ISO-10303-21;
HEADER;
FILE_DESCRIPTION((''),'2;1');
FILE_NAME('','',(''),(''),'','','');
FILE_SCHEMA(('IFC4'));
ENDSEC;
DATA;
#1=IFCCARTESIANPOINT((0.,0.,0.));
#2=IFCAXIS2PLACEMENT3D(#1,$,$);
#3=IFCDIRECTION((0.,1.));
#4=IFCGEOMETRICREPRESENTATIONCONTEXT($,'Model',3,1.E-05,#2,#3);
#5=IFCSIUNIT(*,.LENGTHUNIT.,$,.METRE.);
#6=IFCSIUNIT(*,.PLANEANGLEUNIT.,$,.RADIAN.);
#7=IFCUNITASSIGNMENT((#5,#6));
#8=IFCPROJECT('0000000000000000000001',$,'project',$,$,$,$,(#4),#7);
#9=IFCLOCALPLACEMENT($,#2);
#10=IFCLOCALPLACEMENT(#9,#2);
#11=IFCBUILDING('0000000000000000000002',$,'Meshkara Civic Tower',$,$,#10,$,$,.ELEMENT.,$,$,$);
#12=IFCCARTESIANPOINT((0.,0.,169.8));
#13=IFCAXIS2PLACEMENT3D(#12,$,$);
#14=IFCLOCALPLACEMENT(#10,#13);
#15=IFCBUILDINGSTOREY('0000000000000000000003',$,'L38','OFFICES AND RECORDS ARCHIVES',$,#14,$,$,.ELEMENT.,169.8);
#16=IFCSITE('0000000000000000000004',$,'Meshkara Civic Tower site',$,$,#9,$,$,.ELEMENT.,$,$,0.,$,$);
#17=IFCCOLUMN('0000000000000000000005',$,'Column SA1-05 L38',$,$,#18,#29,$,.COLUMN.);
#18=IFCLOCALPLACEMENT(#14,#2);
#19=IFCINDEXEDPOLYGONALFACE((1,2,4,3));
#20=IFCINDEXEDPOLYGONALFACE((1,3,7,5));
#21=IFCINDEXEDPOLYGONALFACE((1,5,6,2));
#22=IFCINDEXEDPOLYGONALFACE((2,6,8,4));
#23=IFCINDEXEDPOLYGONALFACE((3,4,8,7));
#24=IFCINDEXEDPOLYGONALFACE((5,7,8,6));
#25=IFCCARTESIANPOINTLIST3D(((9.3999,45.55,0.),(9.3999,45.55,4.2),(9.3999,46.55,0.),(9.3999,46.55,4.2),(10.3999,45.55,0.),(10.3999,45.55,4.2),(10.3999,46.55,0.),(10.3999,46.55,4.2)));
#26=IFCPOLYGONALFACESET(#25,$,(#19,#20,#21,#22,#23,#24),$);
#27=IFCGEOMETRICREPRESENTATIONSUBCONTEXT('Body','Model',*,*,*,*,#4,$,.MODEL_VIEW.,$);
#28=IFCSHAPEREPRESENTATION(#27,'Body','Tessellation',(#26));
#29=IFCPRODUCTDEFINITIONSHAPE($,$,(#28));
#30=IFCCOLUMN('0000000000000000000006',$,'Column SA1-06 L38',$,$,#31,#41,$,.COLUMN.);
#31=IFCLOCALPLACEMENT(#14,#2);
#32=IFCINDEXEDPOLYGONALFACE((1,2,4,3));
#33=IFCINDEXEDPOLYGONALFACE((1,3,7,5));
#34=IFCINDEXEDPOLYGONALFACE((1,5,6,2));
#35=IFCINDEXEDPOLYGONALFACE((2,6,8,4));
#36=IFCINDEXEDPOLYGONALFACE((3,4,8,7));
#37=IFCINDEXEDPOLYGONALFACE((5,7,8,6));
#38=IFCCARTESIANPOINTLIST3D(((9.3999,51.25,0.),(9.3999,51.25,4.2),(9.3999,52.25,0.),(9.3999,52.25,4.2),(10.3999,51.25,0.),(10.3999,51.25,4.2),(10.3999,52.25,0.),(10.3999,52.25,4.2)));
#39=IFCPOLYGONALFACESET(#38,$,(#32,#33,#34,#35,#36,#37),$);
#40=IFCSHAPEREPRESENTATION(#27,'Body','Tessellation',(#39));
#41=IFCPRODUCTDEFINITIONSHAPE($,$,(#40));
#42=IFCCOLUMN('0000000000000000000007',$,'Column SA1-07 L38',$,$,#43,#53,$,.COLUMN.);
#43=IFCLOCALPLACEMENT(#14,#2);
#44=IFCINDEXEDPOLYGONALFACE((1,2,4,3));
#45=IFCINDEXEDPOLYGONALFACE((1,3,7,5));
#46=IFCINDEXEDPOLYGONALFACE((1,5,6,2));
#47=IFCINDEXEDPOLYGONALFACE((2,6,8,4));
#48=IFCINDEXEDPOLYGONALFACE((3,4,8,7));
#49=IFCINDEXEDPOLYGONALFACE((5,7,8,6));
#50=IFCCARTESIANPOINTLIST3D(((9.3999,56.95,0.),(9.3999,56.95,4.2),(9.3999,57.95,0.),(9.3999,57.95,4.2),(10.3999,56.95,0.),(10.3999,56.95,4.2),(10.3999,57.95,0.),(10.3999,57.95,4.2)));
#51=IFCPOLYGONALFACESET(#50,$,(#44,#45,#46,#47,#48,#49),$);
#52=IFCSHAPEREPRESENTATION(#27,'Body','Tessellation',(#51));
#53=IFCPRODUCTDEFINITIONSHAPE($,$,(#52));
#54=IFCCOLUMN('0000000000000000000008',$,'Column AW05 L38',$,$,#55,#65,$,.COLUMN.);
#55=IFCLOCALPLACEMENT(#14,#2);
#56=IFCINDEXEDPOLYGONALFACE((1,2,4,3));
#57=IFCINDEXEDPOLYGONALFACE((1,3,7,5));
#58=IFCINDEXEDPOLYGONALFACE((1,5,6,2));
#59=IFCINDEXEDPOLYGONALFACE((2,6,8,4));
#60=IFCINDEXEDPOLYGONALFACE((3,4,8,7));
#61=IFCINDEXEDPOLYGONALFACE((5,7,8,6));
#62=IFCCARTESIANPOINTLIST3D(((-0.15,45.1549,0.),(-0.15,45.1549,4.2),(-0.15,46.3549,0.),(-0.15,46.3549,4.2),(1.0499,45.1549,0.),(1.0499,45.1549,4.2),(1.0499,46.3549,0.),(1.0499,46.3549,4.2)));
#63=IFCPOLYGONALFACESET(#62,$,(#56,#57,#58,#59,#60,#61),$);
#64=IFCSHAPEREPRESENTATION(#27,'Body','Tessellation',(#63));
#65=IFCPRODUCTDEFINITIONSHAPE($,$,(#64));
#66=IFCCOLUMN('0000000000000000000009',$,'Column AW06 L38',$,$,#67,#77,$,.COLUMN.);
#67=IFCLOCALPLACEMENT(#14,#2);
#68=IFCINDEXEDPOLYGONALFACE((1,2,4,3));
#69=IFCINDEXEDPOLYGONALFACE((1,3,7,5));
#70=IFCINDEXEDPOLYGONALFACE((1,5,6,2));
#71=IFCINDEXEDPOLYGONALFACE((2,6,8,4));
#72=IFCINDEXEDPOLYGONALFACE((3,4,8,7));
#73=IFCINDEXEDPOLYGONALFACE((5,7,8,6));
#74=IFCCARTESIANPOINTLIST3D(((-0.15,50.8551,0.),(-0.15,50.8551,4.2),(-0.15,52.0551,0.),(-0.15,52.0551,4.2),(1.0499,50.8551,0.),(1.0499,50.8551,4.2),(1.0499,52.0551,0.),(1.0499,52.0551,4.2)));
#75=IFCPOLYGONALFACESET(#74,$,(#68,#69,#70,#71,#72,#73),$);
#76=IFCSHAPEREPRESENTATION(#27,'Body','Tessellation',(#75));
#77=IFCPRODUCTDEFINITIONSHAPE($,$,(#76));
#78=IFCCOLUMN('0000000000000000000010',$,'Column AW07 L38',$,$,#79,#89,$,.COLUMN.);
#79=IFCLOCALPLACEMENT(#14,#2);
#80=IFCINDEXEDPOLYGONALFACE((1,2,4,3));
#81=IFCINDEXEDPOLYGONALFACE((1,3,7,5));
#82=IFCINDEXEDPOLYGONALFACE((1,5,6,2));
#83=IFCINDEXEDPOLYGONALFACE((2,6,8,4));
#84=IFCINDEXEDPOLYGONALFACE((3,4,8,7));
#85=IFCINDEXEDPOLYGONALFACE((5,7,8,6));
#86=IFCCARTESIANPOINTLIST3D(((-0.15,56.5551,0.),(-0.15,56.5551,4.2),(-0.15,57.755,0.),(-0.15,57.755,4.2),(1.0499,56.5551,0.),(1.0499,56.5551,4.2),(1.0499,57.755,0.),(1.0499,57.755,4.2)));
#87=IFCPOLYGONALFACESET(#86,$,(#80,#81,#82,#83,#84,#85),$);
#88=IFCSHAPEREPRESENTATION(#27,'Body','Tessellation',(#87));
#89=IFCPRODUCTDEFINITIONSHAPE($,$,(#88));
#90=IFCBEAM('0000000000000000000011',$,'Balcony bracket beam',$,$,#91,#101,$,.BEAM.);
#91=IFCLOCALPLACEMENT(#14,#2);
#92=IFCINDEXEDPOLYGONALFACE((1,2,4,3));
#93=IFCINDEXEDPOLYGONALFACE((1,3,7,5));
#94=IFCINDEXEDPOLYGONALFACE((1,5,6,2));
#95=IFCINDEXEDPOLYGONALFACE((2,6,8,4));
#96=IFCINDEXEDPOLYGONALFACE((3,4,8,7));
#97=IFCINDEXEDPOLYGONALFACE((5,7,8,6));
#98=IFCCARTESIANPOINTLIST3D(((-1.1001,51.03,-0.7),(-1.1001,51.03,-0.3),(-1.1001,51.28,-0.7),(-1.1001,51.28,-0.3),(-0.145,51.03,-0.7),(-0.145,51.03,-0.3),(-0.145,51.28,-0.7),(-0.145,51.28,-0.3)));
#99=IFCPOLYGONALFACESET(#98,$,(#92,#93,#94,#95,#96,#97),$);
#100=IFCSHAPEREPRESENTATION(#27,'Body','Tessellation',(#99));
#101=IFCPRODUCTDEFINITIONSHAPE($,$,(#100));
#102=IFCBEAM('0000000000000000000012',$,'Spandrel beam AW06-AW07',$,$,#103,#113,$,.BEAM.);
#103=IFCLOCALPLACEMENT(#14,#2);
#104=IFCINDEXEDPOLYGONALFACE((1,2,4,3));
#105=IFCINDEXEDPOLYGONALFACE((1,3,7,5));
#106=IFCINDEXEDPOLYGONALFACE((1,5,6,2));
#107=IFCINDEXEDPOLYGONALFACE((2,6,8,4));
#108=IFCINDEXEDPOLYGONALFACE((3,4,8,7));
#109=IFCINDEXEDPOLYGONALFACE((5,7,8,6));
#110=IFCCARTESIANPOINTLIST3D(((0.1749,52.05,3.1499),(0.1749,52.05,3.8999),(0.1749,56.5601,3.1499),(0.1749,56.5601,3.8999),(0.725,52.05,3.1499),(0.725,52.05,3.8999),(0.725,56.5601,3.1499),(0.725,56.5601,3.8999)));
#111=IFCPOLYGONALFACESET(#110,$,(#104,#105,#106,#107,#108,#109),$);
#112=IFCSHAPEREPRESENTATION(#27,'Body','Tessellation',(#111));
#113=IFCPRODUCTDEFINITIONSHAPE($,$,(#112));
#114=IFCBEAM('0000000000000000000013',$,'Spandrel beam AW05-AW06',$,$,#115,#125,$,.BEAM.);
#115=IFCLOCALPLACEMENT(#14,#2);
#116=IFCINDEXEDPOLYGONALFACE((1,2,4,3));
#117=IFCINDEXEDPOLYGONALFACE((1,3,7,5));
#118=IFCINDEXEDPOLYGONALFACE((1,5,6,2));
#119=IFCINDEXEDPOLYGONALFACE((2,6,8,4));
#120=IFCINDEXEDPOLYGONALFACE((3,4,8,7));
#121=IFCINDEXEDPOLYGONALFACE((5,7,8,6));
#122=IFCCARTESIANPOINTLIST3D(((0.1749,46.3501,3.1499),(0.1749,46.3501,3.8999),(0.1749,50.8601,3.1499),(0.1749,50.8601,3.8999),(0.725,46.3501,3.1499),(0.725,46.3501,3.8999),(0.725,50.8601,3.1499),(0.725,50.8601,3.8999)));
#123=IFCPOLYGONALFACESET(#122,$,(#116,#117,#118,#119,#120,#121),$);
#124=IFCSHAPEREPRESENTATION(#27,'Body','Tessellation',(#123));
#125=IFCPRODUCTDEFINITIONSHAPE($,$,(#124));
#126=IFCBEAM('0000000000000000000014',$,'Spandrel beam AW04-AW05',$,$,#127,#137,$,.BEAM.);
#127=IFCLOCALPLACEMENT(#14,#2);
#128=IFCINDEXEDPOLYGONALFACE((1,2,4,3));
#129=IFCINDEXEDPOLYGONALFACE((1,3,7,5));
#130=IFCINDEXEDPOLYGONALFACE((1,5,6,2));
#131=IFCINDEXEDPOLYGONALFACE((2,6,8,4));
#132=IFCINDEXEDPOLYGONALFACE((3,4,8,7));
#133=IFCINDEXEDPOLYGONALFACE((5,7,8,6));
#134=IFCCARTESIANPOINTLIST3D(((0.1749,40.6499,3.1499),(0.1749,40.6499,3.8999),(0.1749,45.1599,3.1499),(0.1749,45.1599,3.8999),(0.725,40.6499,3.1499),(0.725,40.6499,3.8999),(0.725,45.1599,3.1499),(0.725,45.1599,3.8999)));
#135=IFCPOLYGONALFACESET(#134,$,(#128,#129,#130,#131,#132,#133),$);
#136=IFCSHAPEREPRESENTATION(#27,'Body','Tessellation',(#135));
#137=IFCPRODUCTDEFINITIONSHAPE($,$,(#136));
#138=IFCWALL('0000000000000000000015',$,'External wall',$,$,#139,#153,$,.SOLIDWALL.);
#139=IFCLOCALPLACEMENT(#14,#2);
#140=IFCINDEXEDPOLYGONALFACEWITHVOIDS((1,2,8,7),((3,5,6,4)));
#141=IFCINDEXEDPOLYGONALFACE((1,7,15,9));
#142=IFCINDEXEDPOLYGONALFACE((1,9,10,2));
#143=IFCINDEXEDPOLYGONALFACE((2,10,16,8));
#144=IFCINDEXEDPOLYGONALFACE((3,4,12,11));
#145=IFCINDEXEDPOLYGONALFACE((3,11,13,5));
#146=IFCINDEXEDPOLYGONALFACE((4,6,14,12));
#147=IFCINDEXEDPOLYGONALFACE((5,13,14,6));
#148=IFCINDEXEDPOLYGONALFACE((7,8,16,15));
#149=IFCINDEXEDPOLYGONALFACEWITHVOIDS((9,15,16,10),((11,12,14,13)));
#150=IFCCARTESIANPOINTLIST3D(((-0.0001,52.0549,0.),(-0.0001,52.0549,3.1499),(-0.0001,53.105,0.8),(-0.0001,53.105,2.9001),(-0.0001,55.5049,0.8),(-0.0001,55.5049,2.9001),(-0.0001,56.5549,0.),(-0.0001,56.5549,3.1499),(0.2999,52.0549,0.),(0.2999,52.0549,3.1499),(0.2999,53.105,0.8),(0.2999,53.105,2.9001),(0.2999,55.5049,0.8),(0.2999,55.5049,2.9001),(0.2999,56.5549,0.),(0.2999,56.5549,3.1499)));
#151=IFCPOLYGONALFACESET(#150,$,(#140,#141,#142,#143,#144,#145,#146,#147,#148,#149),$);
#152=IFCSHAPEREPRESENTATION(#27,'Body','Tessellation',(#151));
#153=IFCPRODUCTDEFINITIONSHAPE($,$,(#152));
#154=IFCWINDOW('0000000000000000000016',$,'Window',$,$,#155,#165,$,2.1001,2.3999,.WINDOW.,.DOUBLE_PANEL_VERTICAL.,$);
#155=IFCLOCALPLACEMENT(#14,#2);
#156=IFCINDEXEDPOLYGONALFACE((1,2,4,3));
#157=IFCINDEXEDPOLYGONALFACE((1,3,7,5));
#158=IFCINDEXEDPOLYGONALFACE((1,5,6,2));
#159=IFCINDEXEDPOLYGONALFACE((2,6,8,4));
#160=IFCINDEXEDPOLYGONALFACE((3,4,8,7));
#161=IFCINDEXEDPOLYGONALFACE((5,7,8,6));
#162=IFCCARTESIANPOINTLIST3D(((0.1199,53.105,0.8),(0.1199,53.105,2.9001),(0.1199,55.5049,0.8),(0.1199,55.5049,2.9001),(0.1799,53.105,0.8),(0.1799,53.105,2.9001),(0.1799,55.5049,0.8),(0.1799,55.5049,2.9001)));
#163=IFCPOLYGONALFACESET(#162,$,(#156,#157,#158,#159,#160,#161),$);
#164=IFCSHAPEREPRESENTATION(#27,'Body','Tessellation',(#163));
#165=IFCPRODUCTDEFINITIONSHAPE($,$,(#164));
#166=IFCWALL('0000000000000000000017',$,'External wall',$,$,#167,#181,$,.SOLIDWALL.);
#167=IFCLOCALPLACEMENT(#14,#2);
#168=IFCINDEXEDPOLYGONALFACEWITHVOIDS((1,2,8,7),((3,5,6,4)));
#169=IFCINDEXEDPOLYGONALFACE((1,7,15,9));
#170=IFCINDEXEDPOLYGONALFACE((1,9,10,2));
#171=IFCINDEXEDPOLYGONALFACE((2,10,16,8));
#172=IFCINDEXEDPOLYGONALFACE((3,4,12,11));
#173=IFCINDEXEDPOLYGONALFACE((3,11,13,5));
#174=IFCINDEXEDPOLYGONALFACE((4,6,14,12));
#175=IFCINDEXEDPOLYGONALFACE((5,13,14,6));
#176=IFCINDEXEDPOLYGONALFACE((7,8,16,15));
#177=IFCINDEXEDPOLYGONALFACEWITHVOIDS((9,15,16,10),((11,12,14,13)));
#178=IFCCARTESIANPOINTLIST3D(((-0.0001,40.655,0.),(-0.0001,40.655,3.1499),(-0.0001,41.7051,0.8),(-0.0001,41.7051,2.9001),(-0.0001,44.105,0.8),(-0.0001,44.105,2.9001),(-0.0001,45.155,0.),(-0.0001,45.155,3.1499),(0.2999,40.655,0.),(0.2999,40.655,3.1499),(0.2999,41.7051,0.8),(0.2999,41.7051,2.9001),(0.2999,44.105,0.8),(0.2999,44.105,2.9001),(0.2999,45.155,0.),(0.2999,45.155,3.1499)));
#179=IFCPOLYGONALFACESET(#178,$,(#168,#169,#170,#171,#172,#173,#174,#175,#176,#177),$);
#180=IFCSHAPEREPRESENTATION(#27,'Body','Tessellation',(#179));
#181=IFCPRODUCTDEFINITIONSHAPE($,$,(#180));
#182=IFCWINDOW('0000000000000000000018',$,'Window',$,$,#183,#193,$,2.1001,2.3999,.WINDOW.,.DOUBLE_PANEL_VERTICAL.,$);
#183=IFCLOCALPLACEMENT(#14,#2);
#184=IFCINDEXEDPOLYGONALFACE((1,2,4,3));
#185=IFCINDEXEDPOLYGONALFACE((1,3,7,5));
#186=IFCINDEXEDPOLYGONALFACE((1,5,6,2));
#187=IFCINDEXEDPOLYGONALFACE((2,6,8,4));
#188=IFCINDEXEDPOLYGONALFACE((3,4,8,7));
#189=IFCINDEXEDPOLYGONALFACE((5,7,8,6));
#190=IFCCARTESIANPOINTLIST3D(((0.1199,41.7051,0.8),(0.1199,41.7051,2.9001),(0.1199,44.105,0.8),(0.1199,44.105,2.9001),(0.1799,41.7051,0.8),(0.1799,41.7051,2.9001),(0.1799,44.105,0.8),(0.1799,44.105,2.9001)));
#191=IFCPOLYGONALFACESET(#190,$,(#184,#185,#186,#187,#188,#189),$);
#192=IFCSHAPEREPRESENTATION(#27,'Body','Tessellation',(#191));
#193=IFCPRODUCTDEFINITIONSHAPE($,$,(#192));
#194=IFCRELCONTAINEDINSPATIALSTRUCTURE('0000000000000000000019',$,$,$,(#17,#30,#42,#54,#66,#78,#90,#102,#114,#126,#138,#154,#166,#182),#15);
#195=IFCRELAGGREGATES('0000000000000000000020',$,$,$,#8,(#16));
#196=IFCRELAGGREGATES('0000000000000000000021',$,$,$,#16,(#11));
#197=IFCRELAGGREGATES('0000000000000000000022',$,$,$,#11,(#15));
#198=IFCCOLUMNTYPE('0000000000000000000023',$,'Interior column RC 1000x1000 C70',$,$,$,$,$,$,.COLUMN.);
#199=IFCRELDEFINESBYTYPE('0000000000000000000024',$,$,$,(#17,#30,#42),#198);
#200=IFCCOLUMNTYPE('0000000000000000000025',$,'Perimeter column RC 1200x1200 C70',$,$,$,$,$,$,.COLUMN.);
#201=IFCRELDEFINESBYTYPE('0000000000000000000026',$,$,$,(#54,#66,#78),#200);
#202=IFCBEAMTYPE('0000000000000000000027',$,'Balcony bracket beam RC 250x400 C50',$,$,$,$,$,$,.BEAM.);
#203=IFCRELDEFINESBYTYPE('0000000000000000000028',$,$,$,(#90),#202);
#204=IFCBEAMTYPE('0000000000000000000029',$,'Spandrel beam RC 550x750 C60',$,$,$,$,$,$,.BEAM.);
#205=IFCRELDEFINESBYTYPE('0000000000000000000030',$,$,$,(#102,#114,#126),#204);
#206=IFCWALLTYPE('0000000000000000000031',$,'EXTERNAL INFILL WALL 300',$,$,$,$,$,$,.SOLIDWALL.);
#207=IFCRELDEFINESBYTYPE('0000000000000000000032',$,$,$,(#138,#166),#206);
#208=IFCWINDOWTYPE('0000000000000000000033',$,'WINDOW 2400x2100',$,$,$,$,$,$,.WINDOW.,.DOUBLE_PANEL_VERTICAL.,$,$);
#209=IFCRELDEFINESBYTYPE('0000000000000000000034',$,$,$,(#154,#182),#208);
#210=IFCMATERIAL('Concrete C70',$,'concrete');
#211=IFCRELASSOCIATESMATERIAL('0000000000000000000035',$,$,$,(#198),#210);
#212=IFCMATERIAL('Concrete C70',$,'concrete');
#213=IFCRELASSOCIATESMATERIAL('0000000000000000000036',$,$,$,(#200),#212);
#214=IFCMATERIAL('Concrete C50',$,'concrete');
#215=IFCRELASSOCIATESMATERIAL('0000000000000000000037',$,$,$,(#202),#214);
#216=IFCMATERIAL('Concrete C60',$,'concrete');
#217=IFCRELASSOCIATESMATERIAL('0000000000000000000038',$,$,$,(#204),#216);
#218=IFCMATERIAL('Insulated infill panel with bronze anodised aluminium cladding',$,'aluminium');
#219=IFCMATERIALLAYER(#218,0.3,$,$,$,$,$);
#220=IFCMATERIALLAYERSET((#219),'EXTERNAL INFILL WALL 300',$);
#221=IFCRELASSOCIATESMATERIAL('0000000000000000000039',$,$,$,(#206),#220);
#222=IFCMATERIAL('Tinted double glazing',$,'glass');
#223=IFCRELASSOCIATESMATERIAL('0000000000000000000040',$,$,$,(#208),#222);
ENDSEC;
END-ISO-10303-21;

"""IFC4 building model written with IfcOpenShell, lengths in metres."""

from ifc_helpers import new_model, si_unit, direction, frame, frame_2d, origin, origin_2d, place, context, subcontext, project, spatial, rectangle, extrude, material, layer, layer_set, material_profile, profile_set, type_object, element, fill, save


model = new_model("IFC4")

# Units and contexts
model_context = context("Model", 3, precision=1e-05, world=origin(), true_north=direction((0.0, 1.0)))
body_context = subcontext(model_context, "Body", "Model", "MODEL_VIEW")
ifc_project = project(units=[si_unit("LENGTHUNIT", "METRE"), si_unit("PLANEANGLEUNIT", "RADIAN")], contexts=[model_context])

# Site, building, storey
site_placement = place(None, origin())
site = spatial("IfcSite", under=ifc_project, at=site_placement, Name="Meshkara Civic Tower site", CompositionType="ELEMENT", RefElevation=0.0)
building_placement = place(site_placement, origin())
building = spatial("IfcBuilding", under=site, at=building_placement, Name="Meshkara Civic Tower", CompositionType="ELEMENT")
storey_placement = place(building_placement, frame((0.0, 0.0, 169.8)))
storey = spatial("IfcBuildingStorey", under=building, at=storey_placement, Name="L38", Description="OFFICES AND RECORDS ARCHIVES", CompositionType="ELEMENT", Elevation=169.8)

# Columns
ifc_material_1 = material(Name="Concrete C70", Category="concrete")
ifc_material_profile_1 = material_profile(ifc_material_1, rectangle(XDim=1.0, YDim=1.0, at=origin_2d()))
ifc_profile_set_1 = profile_set([ifc_material_profile_1], Name="Concrete C70")
column_type_1 = type_object("IfcColumnType", Name="Interior column RC 1000x1000 C70", PredefinedType="COLUMN", material=ifc_profile_set_1)
for number, where, z_axis, x_axis, name in (
    (1, (9.8999, 46.05, 0.0), (0.0, 0.0, 1.0), (1.0, 0.0, 0.0), "Column SA1-05 L38"),
    (2, (9.8999, 51.75, 0.0), (0.0, 0.0, 1.0), (1.0, 0.0, 0.0), "Column SA1-06 L38"),
    (3, (9.8999, 57.45, 0.0), (0.0, 0.0, 1.0), (1.0, 0.0, 0.0), "Column SA1-07 L38"),
):
    element("IfcColumn", number, at=place(storey_placement, frame(where, z_axis=z_axis, x_axis=x_axis)), inside=storey, type_object=column_type_1, Name=name, PredefinedType="COLUMN", context=body_context, shape_type="SweptSolid", body=[
        extrude(rectangle(XDim=1.0, YDim=1.0, at=origin_2d()), origin(), (0.0, 0.0, 1.0), 4.2),
    ])
ifc_material_2 = material(Name="Concrete C70", Category="concrete")
ifc_material_profile_2 = material_profile(ifc_material_2, rectangle(XDim=1.2, YDim=1.2, at=origin_2d()))
ifc_profile_set_2 = profile_set([ifc_material_profile_2], Name="Concrete C70")
column_type_2 = type_object("IfcColumnType", Name="Perimeter column RC 1200x1200 C70", PredefinedType="COLUMN", material=ifc_profile_set_2)
for number, where, z_axis, x_axis, name in (
    (4, (0.45, 45.7549, 0.0), (0.0, 0.0, 1.0), (1.0, 0.0, 0.0), "Column AW05 L38"),
    (5, (0.45, 51.4551, 0.0), (0.0, 0.0, 1.0), (1.0, 0.0, 0.0), "Column AW06 L38"),
    (6, (0.45, 57.155, 0.0), (0.0, 0.0, 1.0), (1.0, 0.0, 0.0), "Column AW07 L38"),
):
    element("IfcColumn", number, at=place(storey_placement, frame(where, z_axis=z_axis, x_axis=x_axis)), inside=storey, type_object=column_type_2, Name=name, PredefinedType="COLUMN", context=body_context, shape_type="SweptSolid", body=[
        extrude(rectangle(XDim=1.2, YDim=1.2, at=origin_2d()), origin(), (0.0, 0.0, 1.0), 4.2),
    ])

# Beams
ifc_material_3 = material(Name="Concrete C50", Category="concrete")
ifc_material_profile_3 = material_profile(ifc_material_3, rectangle(XDim=0.25, YDim=0.3999, at=origin_2d()))
ifc_profile_set_3 = profile_set([ifc_material_profile_3], Name="Concrete C50")
beam_type_1 = type_object("IfcBeamType", Name="Balcony bracket beam RC 250x400 C50", PredefinedType="BEAM", material=ifc_profile_set_3)
beam_placement = place(storey_placement, frame((-0.145, 51.155, -0.5), z_axis=(-1.0, 0.0, 0.0), x_axis=(0.0, -1.0, 0.0)))
element("IfcBeam", 7, at=beam_placement, inside=storey, type_object=beam_type_1, Name="Balcony bracket beam", PredefinedType="BEAM", context=body_context, shape_type="SweptSolid", body=[
    extrude(rectangle(XDim=0.25, YDim=0.3999, at=origin_2d()), origin(), (0.0, 0.0, 1.0), 0.9551),
])
ifc_material_4 = material(Name="Concrete C60", Category="concrete")
ifc_material_profile_4 = material_profile(ifc_material_4, rectangle(XDim=0.55, YDim=0.75, at=origin_2d()))
ifc_profile_set_4 = profile_set([ifc_material_profile_4], Name="Concrete C60")
beam_type_2 = type_object("IfcBeamType", Name="Spandrel beam RC 550x750 C60", PredefinedType="BEAM", material=ifc_profile_set_4)
for number, where, z_axis, x_axis, name in (
    (8, (0.45, 56.5601, 3.5249), (0.0, -1.0, 0.0), (1.0, 0.0, 0.0), "Spandrel beam AW06-AW07"),
    (9, (0.45, 50.8601, 3.5249), (0.0, -1.0, 0.0), (1.0, 0.0, 0.0), "Spandrel beam AW05-AW06"),
    (10, (0.45, 45.1599, 3.5249), (0.0, -1.0, 0.0), (1.0, 0.0, 0.0), "Spandrel beam AW04-AW05"),
):
    element("IfcBeam", number, at=place(storey_placement, frame(where, z_axis=z_axis, x_axis=x_axis)), inside=storey, type_object=beam_type_2, Name=name, PredefinedType="BEAM", context=body_context, shape_type="SweptSolid", body=[
        extrude(rectangle(XDim=0.55, YDim=0.75, at=origin_2d()), origin(), (0.0, 0.0, 1.0), 4.51),
    ])

# Walls, openings, windows
ifc_material_5 = material(Name="Insulated infill panel with bronze anodised aluminium cladding", Category="aluminium")
ifc_layer_1 = layer(ifc_material_5, 0.3)
ifc_layer_set_1 = layer_set([ifc_layer_1], Name="EXTERNAL INFILL WALL 300")
wall_type_1 = type_object("IfcWallType", Name="EXTERNAL INFILL WALL 300", PredefinedType="SOLIDWALL", material=ifc_layer_set_1)
wall_1_placement = place(storey_placement, frame((0.1499, 56.5549, 0.0), z_axis=(0.0, 0.0, 1.0), x_axis=(0.0, -1.0, 0.0)))
wall_1 = element("IfcWall", 11, at=wall_1_placement, inside=storey, type_object=wall_type_1, Name="External wall", PredefinedType="SOLIDWALL", context=body_context, shape_type="SweptSolid", body=[
    extrude(rectangle(XDim=4.5, YDim=0.3, at=frame_2d((2.25, 0.0))), origin(), (0.0, 0.0, 1.0), 3.1499),
])
opening_1_placement = place(wall_1_placement, frame((1.05, 0.0, 0.8)))
opening_1 = element("IfcOpeningElement", 12, at=opening_1_placement, cuts=wall_1, PredefinedType="OPENING", context=body_context, shape_type="SweptSolid", body=[
    extrude(rectangle(XDim=2.3999, YDim=2.1001, at=frame_2d((1.2, 1.05))), frame((0.0, 0.1599, 0.0), z_axis=(0.0, -1.0, 0.0), x_axis=(1.0, 0.0, 0.0)), (0.0, 0.0, 1.0), 0.3201),
])
ifc_material_6 = material(Name="Tinted double glazing", Category="glass")
window_type = type_object("IfcWindowType", Name="WINDOW 2400x2100", PartitioningType="DOUBLE_PANEL_VERTICAL", PredefinedType="WINDOW", material=ifc_material_6)
window_1_placement = place(opening_1_placement, origin())
window_1 = element("IfcWindow", 13, at=window_1_placement, inside=storey, type_object=window_type, Name="Window", OverallHeight=2.1001, OverallWidth=2.3999, PartitioningType="DOUBLE_PANEL_VERTICAL", PredefinedType="WINDOW", context=body_context, shape_type="SweptSolid", body=[
    extrude(rectangle(XDim=2.3999, YDim=2.1001, at=frame_2d((1.2, 1.05))), frame((0.0, 0.03, 0.0), z_axis=(0.0, -1.0, 0.0), x_axis=(1.0, 0.0, 0.0)), (0.0, 0.0, 1.0), 0.0601),
])
fill(opening_1, window_1)
wall_2_placement = place(storey_placement, frame((0.1499, 45.155, 0.0), z_axis=(0.0, 0.0, 1.0), x_axis=(0.0, -1.0, 0.0)))
wall_2 = element("IfcWall", 14, at=wall_2_placement, inside=storey, type_object=wall_type_1, Name="External wall", PredefinedType="SOLIDWALL", context=body_context, shape_type="SweptSolid", body=[
    extrude(rectangle(XDim=4.5, YDim=0.3, at=frame_2d((2.25, 0.0))), origin(), (0.0, 0.0, 1.0), 3.1499),
])
opening_2_placement = place(wall_2_placement, frame((1.05, 0.0, 0.8)))
opening_2 = element("IfcOpeningElement", 15, at=opening_2_placement, cuts=wall_2, PredefinedType="OPENING", context=body_context, shape_type="SweptSolid", body=[
    extrude(rectangle(XDim=2.3999, YDim=2.1001, at=frame_2d((1.2, 1.05))), frame((0.0, 0.1599, 0.0), z_axis=(0.0, -1.0, 0.0), x_axis=(1.0, 0.0, 0.0)), (0.0, 0.0, 1.0), 0.3201),
])
window_2_placement = place(opening_2_placement, origin())
window_2 = element("IfcWindow", 16, at=window_2_placement, inside=storey, type_object=window_type, Name="Window", OverallHeight=2.1001, OverallWidth=2.3999, PartitioningType="DOUBLE_PANEL_VERTICAL", PredefinedType="WINDOW", context=body_context, shape_type="SweptSolid", body=[
    extrude(rectangle(XDim=2.3999, YDim=2.1001, at=frame_2d((1.2, 1.05))), frame((0.0, 0.03, 0.0), z_axis=(0.0, -1.0, 0.0), x_axis=(1.0, 0.0, 0.0)), (0.0, 0.0, 1.0), 0.0601),
])
fill(opening_2, window_2)

save(model, "model.ifc")
